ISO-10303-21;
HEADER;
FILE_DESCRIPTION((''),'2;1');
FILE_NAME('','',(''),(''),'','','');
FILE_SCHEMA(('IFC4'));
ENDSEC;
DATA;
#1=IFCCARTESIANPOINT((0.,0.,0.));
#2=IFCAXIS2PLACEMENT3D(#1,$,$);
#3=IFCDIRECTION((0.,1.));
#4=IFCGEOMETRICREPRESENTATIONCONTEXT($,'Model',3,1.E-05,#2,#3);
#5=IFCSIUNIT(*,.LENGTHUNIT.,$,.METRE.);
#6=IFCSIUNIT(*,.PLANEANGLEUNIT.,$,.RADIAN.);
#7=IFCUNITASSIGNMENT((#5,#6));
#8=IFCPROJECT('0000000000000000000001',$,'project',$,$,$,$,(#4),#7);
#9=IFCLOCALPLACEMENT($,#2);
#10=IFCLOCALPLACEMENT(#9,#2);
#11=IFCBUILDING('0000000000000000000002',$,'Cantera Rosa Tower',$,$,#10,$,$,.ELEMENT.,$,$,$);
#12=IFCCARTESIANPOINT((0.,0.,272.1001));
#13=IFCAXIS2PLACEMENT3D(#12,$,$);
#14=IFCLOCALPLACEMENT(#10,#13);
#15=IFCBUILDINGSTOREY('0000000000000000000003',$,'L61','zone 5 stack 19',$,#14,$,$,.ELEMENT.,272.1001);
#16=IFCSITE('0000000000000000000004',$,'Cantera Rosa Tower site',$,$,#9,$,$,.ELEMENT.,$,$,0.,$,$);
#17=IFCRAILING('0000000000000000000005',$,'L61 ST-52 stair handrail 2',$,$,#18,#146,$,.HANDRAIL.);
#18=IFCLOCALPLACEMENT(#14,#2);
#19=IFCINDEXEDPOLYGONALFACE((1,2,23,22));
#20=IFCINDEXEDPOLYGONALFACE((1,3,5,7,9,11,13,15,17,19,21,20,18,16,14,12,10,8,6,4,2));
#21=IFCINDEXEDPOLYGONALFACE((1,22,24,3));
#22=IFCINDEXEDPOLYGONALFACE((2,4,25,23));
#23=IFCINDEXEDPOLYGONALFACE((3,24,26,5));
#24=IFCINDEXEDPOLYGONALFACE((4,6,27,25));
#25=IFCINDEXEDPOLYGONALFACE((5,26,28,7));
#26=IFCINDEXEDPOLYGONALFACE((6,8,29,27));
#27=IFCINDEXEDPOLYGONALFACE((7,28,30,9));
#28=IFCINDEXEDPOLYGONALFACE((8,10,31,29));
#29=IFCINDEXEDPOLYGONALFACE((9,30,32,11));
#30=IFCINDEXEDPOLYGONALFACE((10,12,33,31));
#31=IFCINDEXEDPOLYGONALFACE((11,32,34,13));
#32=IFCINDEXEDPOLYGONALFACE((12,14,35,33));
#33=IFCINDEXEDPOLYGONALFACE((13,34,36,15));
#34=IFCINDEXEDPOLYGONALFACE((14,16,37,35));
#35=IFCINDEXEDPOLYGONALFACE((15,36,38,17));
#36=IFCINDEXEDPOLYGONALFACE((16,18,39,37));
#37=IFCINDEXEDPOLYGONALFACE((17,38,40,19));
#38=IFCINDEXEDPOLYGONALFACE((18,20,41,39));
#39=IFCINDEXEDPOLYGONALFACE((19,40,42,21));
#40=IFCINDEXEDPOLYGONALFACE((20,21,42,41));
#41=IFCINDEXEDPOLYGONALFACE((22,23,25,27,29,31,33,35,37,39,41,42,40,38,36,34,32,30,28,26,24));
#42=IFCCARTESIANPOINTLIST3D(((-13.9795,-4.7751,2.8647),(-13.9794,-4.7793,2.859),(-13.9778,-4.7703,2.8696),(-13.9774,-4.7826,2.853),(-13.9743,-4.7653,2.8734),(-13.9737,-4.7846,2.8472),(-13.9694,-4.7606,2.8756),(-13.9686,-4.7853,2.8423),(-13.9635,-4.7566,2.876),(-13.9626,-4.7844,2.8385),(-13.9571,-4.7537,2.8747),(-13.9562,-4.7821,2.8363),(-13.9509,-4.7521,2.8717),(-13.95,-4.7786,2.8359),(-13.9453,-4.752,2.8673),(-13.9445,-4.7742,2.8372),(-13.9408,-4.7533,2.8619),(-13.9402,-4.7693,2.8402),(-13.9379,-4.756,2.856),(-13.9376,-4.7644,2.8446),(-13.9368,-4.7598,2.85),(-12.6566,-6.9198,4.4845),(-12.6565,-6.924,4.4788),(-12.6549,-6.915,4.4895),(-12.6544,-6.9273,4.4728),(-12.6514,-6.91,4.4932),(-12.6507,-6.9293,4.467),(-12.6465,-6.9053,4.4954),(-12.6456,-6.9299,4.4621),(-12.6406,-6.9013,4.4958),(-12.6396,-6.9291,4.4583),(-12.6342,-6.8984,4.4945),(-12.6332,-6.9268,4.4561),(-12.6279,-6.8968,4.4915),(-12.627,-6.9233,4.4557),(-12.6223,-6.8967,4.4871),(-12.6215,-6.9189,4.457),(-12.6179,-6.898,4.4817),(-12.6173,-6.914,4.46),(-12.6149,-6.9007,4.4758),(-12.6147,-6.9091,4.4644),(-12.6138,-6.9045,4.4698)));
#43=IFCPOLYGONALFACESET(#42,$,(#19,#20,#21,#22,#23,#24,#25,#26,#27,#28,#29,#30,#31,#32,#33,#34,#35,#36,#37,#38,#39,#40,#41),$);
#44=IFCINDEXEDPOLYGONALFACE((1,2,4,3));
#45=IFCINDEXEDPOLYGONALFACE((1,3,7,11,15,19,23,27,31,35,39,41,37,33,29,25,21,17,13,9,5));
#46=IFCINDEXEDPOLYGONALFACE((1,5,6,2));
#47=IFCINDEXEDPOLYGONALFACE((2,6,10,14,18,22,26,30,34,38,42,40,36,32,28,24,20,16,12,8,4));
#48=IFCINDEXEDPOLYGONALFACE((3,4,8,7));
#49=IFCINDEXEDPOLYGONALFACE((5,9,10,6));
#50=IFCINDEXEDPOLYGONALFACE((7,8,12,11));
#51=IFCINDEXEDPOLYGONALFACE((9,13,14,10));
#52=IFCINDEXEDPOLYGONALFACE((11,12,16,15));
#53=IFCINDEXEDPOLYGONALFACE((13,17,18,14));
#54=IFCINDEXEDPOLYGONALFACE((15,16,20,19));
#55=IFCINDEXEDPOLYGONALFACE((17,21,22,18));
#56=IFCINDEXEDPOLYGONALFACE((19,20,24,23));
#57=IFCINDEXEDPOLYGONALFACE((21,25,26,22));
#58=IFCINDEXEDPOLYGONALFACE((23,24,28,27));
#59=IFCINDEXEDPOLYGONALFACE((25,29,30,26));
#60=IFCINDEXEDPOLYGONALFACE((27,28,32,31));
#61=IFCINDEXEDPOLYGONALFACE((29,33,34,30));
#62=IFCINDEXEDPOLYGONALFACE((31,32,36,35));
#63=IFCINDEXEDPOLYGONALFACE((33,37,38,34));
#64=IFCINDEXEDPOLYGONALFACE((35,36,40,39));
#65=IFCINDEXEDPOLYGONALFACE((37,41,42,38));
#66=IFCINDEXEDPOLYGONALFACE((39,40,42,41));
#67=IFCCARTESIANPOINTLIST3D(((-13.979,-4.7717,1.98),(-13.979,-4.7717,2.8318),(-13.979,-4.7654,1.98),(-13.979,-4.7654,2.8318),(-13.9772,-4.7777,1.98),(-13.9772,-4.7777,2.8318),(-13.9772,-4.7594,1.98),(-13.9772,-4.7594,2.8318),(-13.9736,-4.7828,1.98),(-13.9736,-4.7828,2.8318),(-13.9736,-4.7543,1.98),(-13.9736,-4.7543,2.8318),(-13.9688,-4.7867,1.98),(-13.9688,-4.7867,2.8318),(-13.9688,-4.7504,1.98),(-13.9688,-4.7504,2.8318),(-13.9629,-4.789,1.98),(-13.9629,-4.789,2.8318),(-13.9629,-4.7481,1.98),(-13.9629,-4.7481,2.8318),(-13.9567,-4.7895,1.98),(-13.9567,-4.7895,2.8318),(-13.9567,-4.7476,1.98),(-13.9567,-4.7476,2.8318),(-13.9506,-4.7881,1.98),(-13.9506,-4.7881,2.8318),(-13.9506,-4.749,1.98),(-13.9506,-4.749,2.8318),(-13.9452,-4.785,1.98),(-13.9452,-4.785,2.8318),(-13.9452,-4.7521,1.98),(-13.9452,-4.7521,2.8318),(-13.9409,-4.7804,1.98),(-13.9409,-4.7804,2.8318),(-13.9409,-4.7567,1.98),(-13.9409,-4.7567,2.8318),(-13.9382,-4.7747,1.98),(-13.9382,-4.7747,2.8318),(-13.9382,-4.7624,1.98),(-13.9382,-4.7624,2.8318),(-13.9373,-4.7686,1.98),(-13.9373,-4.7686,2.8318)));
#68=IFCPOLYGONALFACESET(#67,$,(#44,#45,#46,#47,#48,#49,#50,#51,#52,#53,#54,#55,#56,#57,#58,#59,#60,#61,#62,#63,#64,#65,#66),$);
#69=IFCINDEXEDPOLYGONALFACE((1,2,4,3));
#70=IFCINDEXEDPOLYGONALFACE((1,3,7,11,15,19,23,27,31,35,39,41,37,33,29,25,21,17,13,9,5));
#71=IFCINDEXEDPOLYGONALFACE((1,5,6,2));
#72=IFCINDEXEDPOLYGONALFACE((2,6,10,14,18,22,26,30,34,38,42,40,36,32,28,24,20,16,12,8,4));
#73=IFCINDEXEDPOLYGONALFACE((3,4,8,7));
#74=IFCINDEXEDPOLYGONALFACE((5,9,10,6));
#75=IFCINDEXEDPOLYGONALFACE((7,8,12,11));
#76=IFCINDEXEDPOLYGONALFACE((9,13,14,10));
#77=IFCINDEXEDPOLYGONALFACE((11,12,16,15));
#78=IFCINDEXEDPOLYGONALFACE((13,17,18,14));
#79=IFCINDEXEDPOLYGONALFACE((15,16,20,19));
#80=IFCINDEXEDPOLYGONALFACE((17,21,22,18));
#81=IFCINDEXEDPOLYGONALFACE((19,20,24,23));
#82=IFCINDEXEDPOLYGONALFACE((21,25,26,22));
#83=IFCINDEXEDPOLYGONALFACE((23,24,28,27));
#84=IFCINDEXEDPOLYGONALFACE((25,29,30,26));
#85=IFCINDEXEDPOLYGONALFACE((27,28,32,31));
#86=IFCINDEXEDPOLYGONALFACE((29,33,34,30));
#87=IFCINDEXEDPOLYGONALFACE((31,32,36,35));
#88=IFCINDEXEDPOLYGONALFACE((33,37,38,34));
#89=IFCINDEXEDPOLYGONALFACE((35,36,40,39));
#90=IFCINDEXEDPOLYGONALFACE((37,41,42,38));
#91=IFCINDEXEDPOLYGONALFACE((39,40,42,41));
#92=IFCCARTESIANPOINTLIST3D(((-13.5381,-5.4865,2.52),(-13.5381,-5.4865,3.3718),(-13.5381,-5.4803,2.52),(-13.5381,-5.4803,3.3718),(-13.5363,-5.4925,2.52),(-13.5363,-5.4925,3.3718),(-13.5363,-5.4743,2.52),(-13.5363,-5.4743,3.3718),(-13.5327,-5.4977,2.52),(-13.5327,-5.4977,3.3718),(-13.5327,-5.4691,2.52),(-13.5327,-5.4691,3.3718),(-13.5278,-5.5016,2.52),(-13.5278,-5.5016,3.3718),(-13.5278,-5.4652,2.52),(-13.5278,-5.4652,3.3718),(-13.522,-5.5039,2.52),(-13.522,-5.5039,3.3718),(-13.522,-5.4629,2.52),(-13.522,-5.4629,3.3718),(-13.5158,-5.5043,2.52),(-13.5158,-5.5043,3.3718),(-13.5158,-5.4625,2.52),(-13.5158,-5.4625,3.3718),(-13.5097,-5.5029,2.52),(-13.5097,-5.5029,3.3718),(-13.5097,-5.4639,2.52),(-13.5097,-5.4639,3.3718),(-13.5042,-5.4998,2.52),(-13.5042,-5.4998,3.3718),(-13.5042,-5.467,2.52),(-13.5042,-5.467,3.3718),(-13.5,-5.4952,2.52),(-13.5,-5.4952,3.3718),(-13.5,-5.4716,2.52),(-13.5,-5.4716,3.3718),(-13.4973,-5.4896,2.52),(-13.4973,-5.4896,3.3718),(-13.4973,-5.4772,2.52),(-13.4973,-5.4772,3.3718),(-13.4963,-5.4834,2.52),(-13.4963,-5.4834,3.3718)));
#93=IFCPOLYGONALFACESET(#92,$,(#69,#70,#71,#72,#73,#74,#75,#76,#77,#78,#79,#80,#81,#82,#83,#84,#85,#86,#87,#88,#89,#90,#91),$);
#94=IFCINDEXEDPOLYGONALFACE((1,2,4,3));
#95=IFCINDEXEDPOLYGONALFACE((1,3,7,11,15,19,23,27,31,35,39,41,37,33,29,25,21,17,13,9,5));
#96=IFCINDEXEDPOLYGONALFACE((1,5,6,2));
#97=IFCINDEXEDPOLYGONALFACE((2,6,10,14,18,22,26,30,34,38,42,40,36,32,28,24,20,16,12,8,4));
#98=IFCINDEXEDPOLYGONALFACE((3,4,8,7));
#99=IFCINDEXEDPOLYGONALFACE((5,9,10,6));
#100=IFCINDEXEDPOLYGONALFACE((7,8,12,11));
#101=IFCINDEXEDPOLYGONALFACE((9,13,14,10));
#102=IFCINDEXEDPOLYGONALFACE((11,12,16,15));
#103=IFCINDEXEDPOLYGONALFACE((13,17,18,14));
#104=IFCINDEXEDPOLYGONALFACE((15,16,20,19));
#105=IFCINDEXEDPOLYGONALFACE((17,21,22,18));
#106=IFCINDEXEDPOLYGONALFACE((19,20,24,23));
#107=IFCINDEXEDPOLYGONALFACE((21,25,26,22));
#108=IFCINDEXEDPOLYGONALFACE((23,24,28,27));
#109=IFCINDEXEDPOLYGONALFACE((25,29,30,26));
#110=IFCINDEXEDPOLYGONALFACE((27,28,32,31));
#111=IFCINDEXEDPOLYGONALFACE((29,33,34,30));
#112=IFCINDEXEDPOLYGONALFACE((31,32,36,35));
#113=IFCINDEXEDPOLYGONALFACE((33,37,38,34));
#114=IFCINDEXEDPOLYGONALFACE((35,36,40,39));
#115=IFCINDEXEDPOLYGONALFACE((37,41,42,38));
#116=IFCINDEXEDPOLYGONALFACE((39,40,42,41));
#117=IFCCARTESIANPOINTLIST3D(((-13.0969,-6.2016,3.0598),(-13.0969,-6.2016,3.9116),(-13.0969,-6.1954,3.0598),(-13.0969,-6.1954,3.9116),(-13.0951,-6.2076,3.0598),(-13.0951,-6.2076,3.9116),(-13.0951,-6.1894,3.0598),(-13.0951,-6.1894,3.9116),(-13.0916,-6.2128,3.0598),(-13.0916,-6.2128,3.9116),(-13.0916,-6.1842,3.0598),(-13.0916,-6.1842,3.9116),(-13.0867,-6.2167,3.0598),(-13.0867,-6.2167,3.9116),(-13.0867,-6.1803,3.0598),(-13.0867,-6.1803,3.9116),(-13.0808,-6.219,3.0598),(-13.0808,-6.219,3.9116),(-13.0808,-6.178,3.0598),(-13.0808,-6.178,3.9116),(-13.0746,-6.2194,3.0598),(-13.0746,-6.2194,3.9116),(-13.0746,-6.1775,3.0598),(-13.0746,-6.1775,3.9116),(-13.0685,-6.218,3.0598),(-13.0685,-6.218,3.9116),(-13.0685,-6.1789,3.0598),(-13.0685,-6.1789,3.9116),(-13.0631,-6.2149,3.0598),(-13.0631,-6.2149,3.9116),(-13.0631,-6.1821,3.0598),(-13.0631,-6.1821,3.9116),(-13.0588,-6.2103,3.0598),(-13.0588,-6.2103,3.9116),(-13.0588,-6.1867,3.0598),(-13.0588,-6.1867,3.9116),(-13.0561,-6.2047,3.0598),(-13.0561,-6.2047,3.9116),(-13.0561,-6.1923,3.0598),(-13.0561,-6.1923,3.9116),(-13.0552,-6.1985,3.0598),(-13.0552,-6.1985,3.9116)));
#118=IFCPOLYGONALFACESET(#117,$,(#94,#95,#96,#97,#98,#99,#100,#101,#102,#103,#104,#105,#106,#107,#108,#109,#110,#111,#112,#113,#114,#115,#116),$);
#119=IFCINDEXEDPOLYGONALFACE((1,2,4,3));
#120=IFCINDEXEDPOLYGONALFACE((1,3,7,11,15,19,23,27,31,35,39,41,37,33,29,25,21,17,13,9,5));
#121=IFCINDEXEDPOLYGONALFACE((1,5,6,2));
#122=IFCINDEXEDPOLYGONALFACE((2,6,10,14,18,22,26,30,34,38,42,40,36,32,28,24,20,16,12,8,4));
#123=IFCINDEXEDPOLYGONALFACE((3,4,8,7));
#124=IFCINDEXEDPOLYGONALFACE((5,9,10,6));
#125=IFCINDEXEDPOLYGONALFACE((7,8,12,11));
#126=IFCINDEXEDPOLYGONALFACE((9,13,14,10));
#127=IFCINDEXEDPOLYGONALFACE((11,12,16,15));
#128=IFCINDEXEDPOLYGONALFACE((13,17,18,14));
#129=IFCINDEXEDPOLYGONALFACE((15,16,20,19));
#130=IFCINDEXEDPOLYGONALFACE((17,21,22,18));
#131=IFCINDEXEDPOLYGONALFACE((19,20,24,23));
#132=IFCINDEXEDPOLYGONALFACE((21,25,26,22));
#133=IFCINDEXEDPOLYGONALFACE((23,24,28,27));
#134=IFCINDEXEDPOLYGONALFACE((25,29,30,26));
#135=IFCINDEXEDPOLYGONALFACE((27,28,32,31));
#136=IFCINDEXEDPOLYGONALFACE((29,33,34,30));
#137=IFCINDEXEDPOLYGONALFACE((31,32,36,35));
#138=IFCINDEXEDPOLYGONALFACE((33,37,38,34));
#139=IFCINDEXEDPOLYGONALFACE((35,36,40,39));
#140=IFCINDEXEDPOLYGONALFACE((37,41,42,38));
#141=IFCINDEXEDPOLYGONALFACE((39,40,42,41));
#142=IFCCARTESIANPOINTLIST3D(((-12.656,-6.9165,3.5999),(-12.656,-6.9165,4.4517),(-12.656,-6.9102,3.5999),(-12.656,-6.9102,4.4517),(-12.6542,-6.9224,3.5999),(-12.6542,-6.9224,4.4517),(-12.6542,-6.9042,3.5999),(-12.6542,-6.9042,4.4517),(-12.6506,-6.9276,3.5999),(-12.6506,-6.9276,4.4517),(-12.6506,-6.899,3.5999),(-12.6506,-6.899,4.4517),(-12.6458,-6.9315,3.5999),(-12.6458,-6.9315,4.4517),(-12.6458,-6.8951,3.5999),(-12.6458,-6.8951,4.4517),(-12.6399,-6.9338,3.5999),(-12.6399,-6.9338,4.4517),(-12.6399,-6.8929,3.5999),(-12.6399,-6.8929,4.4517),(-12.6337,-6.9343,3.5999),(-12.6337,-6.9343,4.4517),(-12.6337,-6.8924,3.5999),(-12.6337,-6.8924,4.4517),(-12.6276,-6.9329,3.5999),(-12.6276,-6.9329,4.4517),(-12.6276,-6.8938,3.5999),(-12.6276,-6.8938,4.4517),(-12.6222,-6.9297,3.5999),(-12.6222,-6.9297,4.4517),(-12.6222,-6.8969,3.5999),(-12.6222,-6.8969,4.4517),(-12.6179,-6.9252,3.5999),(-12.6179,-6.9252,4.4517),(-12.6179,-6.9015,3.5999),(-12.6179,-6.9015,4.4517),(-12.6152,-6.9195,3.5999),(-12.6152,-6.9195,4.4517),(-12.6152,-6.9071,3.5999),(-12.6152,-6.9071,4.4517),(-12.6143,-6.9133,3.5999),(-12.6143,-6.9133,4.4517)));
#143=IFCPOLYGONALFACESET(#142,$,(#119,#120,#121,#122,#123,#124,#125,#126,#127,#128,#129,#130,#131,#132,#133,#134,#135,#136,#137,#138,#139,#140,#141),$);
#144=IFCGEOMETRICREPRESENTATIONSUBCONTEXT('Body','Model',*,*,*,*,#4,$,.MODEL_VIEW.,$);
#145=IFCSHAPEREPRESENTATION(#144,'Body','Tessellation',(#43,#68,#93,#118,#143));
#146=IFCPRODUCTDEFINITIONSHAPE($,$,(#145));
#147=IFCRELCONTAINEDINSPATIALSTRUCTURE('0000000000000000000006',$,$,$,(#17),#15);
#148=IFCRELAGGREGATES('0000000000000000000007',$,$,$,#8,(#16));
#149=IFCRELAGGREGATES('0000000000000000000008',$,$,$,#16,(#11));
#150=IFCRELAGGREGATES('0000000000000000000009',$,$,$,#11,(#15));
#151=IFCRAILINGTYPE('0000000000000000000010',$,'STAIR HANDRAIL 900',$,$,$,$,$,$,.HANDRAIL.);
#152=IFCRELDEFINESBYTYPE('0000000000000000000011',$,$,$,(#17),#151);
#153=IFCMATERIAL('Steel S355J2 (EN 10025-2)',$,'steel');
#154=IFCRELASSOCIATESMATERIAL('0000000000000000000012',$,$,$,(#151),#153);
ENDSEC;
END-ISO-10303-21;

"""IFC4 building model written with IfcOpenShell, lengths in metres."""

from ifc_helpers import new_model, si_unit, direction, frame, origin, origin_2d, place, context, subcontext, project, spatial, circle, extrude, material, type_object, element, save


model = new_model("IFC4")

# Units and contexts
model_context = context("Model", 3, precision=1e-05, world=origin(), true_north=direction((0.0, 1.0)))
body_context = subcontext(model_context, "Body", "Model", "MODEL_VIEW")
ifc_project = project(units=[si_unit("LENGTHUNIT", "METRE"), si_unit("PLANEANGLEUNIT", "RADIAN")], contexts=[model_context])

# Site, building, storey
site_placement = place(None, origin())
site = spatial("IfcSite", under=ifc_project, at=site_placement, Name="Cantera Rosa Tower site", CompositionType="ELEMENT", RefElevation=0.0)
building_placement = place(site_placement, origin())
building = spatial("IfcBuilding", under=site, at=building_placement, Name="Cantera Rosa Tower", CompositionType="ELEMENT")
storey_placement = place(building_placement, frame((0.0, 0.0, 272.1001)))
storey = spatial("IfcBuildingStorey", under=building, at=storey_placement, Name="L61", Description="zone 5 stack 19", CompositionType="ELEMENT", Elevation=272.1001)

# Railing
ifc_material_1 = material(Name="Steel S355J2 (EN 10025-2)", Category="steel")
railing_type_1 = type_object("IfcRailingType", Name="STAIR HANDRAIL 900", PredefinedType="HANDRAIL", material=ifc_material_1)
railing_1_placement = place(storey_placement, frame((-13.9583, -4.7686, 1.98)))
element("IfcRailing", 1, at=railing_1_placement, inside=storey, type_object=railing_type_1, Name="L61 ST-52 stair handrail 2", PredefinedType="HANDRAIL", context=body_context, shape_type="SweptSolid", body=[
    extrude(circle(Radius=0.0239, at=origin_2d()), frame((0.0, 0.0, 0.876), z_axis=(0.441629, -0.715945, 0.540728), x_axis=(0.851102, 0.525, 0.0)), (0.0, 0.0, 1.0), 2.9956),
    extrude(circle(Radius=0.021, at=origin_2d()), origin(), (0.0, 0.0, 1.0), 0.8518),
    extrude(circle(Radius=0.021, at=origin_2d()), frame((0.4409, -0.7148, 0.54)), (0.0, 0.0, 1.0), 0.8518),
    extrude(circle(Radius=0.021, at=origin_2d()), frame((0.8821, -1.4299, 1.0798)), (0.0, 0.0, 1.0), 0.8518),
    extrude(circle(Radius=0.021, at=origin_2d()), frame((1.323, -2.1448, 1.6199)), (0.0, 0.0, 1.0), 0.8518),
])

save(model, "model.ifc")
